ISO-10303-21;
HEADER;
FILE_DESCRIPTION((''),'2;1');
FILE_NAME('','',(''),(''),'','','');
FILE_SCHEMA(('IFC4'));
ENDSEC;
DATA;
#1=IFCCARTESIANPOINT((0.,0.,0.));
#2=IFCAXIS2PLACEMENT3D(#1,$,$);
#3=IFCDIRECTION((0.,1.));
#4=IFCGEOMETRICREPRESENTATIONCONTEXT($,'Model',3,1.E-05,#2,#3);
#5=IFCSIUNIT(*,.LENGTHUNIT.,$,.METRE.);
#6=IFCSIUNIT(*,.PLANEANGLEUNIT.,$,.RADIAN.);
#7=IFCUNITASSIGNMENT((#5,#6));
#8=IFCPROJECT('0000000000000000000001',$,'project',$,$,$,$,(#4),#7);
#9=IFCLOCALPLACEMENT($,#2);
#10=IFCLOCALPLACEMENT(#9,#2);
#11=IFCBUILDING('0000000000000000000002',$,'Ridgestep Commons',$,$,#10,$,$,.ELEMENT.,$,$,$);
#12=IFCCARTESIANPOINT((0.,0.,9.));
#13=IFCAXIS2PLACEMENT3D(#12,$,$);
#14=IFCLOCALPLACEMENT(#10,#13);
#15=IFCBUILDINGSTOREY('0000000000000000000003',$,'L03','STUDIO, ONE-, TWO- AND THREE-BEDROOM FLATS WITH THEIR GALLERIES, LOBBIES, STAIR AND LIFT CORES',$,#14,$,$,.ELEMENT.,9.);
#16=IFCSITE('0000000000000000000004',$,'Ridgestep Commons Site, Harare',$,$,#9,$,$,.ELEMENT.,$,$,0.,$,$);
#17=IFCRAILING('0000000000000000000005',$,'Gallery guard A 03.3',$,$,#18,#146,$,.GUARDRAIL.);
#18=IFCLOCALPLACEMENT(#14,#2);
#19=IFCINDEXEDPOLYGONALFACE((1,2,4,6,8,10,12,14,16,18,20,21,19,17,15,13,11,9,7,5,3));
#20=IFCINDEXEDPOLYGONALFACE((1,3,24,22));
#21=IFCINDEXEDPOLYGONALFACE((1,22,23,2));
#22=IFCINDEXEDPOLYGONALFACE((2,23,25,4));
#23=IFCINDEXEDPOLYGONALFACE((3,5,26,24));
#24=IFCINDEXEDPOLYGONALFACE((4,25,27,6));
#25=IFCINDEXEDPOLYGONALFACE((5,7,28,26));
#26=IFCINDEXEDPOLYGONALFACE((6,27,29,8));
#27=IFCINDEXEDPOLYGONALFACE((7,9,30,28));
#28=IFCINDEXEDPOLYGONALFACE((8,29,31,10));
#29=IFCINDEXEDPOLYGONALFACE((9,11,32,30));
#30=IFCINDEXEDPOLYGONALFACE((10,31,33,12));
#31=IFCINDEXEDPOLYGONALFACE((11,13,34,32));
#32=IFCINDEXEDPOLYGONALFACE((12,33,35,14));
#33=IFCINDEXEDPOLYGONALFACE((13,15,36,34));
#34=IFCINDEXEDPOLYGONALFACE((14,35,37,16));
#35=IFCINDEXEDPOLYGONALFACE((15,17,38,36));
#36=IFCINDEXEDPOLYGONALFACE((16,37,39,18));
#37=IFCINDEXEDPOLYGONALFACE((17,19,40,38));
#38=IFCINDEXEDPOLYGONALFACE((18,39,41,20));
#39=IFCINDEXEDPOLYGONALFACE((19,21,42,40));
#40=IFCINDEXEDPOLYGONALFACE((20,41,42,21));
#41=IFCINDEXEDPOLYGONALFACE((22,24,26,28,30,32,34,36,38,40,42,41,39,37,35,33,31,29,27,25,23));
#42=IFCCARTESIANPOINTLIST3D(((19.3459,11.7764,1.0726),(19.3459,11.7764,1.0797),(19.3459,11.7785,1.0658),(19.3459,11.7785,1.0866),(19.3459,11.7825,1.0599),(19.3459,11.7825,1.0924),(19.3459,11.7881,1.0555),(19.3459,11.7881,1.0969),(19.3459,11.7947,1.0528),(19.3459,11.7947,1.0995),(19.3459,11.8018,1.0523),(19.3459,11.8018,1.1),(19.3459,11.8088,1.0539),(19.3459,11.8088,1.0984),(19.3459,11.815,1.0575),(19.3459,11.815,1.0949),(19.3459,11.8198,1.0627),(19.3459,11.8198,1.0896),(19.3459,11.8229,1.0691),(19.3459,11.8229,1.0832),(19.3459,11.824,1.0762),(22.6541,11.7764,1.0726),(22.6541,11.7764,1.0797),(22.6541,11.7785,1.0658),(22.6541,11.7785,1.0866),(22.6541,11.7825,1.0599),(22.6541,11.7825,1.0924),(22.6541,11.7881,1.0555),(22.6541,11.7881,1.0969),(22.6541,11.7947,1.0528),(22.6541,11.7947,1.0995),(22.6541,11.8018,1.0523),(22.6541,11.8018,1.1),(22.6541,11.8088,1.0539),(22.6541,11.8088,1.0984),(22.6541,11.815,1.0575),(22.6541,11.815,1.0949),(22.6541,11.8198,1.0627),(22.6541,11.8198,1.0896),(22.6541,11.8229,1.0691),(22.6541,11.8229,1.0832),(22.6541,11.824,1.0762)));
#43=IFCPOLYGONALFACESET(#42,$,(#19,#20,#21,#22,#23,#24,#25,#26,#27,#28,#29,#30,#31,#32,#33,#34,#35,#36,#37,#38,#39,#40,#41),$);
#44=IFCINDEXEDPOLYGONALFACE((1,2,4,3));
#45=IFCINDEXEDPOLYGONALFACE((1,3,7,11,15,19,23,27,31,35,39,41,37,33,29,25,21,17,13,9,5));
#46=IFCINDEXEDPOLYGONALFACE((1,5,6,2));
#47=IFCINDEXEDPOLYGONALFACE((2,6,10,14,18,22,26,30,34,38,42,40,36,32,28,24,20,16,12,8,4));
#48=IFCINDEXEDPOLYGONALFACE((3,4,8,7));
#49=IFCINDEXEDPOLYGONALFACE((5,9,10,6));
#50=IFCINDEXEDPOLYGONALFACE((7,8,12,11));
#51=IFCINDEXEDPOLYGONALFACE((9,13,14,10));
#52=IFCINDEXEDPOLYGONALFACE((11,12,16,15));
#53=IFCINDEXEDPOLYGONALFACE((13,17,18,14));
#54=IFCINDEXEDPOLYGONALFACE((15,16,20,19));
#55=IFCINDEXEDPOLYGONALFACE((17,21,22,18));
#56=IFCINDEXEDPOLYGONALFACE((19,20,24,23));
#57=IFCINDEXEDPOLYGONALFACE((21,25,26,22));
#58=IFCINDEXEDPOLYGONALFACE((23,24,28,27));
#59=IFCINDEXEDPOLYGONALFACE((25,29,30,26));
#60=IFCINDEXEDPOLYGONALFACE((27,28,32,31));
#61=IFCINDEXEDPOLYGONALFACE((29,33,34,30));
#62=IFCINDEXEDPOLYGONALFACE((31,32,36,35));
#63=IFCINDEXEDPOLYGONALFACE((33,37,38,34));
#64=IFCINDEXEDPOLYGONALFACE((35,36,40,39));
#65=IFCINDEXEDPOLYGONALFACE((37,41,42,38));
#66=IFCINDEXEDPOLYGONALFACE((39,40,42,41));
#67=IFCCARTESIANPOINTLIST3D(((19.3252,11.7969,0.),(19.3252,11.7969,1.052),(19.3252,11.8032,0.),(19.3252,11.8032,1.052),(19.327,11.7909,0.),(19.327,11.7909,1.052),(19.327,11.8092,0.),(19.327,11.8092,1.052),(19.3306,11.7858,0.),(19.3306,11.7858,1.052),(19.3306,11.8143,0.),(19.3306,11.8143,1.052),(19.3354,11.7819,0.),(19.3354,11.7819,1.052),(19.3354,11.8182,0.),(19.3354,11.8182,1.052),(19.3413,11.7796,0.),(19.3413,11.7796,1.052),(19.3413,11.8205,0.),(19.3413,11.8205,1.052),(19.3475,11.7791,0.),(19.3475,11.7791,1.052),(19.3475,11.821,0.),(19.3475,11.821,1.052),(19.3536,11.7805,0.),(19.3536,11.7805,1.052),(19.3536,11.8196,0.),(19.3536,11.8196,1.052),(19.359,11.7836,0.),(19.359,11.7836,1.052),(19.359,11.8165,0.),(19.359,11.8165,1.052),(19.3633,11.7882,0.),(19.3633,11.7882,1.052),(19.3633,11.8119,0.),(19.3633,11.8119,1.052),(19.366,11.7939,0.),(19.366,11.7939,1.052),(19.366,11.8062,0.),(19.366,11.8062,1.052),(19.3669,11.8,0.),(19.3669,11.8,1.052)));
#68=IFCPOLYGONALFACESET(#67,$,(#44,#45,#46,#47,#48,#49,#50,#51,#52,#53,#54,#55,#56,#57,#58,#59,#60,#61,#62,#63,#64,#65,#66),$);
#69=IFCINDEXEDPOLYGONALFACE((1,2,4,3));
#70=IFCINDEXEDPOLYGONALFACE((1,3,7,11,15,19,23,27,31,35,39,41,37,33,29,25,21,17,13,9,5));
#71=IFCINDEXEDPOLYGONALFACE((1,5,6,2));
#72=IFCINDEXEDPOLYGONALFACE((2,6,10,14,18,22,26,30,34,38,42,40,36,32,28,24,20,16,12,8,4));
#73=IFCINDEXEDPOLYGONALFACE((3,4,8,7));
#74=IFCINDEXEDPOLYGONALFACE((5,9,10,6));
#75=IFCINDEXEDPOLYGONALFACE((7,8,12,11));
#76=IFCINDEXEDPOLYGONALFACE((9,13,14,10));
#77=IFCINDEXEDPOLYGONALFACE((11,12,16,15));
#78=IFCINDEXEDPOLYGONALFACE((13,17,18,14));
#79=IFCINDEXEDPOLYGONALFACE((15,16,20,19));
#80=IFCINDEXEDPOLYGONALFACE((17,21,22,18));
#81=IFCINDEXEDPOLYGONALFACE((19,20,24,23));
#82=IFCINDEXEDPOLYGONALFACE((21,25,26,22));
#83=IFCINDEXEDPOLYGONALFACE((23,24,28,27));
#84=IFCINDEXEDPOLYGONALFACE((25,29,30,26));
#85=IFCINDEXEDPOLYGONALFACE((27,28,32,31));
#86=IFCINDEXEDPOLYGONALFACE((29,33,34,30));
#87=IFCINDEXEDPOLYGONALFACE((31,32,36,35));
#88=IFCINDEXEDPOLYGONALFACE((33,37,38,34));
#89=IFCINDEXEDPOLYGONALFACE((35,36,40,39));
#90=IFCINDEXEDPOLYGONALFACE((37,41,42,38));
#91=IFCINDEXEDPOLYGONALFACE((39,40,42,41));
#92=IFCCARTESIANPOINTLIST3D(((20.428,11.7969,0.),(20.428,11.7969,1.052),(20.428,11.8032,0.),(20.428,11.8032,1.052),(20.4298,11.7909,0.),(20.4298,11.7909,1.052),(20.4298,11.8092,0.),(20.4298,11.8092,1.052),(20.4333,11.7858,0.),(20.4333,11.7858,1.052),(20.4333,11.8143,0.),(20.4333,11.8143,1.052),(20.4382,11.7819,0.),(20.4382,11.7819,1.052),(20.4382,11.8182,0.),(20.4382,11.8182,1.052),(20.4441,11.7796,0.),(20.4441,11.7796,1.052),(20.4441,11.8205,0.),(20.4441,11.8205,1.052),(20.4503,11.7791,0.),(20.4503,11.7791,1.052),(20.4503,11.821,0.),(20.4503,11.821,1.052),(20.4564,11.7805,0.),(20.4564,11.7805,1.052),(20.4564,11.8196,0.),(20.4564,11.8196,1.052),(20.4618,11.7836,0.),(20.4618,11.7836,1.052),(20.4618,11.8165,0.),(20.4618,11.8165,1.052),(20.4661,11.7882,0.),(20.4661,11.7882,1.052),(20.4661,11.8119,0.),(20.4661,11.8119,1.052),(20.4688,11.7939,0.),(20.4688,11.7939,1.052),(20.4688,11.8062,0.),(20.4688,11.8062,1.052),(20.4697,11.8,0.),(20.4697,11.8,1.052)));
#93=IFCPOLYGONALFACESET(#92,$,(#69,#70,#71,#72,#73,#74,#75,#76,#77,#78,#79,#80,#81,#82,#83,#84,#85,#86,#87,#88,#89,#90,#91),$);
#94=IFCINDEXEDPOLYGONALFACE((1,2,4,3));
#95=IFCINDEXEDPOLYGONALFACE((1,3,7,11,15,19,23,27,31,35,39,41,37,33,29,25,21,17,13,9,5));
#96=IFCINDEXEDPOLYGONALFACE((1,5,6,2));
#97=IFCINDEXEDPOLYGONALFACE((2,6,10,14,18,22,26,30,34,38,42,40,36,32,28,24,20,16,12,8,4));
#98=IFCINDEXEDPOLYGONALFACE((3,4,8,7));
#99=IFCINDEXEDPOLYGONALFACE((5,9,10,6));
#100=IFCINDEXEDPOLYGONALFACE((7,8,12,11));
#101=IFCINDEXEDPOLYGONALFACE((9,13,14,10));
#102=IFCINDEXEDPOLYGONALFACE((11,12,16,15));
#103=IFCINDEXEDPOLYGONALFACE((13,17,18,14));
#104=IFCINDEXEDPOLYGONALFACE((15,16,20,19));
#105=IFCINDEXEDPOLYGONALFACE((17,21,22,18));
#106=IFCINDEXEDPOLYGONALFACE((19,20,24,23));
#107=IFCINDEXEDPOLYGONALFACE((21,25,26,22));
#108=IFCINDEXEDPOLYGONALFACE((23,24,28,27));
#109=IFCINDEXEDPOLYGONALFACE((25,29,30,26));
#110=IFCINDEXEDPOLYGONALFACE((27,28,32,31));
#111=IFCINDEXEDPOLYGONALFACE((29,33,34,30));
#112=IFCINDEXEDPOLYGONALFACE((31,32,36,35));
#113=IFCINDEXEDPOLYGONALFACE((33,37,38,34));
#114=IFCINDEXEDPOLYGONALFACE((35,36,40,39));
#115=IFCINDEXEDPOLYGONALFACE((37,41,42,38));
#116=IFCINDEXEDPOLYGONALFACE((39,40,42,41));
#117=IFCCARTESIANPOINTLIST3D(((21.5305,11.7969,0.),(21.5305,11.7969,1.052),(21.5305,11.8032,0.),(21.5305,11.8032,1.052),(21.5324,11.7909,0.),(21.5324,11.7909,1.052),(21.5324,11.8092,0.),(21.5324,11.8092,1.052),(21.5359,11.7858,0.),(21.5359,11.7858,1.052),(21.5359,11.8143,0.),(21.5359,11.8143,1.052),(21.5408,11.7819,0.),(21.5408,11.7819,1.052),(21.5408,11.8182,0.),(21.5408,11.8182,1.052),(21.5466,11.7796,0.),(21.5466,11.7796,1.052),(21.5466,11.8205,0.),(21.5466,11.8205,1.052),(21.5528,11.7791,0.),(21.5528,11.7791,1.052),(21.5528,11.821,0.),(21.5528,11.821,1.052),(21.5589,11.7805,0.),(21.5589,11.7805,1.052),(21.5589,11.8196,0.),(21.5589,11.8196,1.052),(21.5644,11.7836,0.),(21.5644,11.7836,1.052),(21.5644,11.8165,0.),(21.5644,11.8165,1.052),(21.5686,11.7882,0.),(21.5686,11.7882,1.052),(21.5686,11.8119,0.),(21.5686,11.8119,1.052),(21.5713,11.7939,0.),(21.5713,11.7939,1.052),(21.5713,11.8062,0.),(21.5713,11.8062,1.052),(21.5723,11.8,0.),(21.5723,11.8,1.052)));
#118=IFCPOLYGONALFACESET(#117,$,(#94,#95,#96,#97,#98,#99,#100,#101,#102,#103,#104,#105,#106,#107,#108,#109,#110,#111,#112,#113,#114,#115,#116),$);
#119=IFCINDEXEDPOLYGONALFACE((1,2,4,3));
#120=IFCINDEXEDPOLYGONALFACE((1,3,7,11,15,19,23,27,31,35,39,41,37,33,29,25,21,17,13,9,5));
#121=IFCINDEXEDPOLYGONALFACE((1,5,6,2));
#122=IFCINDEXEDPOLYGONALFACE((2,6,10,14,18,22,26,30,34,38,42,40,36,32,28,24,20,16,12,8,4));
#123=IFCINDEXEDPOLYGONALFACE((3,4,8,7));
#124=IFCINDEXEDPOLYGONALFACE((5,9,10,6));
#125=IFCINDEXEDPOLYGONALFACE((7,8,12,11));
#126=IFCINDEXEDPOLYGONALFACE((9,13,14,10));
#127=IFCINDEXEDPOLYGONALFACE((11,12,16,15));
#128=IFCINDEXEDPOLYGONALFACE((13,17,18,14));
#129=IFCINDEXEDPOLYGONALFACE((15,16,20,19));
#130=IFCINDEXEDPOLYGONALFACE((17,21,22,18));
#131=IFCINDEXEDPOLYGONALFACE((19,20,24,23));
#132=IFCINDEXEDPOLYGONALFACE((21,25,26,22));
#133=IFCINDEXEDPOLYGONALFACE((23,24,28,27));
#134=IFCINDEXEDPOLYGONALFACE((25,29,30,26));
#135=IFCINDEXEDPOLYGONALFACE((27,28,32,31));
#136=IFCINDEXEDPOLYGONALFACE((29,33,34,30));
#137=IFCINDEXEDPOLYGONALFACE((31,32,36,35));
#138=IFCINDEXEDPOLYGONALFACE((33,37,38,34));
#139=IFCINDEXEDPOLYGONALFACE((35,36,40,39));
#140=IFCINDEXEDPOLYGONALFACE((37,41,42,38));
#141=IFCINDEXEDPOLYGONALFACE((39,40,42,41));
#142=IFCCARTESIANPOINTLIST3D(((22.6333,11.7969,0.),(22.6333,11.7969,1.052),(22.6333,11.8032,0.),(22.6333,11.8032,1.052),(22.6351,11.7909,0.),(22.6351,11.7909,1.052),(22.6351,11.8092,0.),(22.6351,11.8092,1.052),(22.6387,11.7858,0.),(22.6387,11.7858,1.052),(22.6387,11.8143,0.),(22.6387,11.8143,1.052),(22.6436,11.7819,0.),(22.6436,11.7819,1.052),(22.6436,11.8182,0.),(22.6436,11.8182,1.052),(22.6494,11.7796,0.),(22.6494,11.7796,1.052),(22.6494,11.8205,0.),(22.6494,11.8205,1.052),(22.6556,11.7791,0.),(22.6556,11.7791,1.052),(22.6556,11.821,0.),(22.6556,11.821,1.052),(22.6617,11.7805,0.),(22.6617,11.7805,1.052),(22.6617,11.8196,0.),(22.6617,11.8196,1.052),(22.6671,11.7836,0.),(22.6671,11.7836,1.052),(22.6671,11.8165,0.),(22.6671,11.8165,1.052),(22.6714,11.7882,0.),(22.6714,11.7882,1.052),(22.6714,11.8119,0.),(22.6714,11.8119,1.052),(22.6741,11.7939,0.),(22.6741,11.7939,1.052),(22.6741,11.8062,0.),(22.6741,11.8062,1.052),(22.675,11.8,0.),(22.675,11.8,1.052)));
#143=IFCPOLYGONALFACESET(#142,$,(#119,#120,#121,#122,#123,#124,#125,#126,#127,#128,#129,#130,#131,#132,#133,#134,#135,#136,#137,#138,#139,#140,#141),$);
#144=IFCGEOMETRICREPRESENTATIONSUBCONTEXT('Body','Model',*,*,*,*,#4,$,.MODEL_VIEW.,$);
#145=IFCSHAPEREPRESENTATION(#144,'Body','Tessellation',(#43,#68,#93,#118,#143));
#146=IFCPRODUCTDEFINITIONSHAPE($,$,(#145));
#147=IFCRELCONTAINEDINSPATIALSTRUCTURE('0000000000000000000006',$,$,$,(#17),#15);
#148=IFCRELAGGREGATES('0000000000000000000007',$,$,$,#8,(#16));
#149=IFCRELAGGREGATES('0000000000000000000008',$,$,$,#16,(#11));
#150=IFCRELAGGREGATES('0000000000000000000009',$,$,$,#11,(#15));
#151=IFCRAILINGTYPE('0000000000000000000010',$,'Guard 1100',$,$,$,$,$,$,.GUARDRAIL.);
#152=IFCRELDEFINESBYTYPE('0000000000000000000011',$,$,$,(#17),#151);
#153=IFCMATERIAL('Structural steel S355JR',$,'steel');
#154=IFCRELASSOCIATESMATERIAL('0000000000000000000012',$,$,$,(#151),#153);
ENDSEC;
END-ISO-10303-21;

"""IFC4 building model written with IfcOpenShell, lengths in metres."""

from ifc_helpers import new_model, si_unit, direction, frame, origin, origin_2d, place, context, subcontext, project, spatial, circle, extrude, material, type_object, element, save


model = new_model("IFC4")

# Units and contexts
model_context = context("Model", 3, precision=1e-05, world=origin(), true_north=direction((0.0, 1.0)))
body_context = subcontext(model_context, "Body", "Model", "MODEL_VIEW")
ifc_project = project(units=[si_unit("LENGTHUNIT", "METRE"), si_unit("PLANEANGLEUNIT", "RADIAN")], contexts=[model_context])

# Site, building, storey
site_placement = place(None, origin())
site = spatial("IfcSite", under=ifc_project, at=site_placement, Name="Ridgestep Commons Site, Harare", CompositionType="ELEMENT", RefElevation=0.0)
building_placement = place(site_placement, origin())
building = spatial("IfcBuilding", under=site, at=building_placement, Name="Ridgestep Commons", CompositionType="ELEMENT")
storey_placement = place(building_placement, frame((0.0, 0.0, 9.0)))
storey = spatial("IfcBuildingStorey", under=building, at=storey_placement, Name="L03", Description="STUDIO, ONE-, TWO- AND THREE-BEDROOM FLATS WITH THEIR GALLERIES, LOBBIES, STAIR AND LIFT CORES", CompositionType="ELEMENT", Elevation=9.0)

# Railing
ifc_material_1 = material(Name="Structural steel S355JR", Category="steel")
railing_type = type_object("IfcRailingType", Name="Guard 1100", PredefinedType="GUARDRAIL", material=ifc_material_1)
railing_1_placement = place(storey_placement, frame((19.3459, 11.8, 0.0)))
element("IfcRailing", 1, at=railing_1_placement, inside=storey, type_object=railing_type, Name="Gallery guard A 03.3", PredefinedType="GUARDRAIL", context=body_context, shape_type="SweptSolid", body=[
    extrude(circle(Radius=0.0239, at=origin_2d()), frame((0.0, 0.0, 1.0762), z_axis=(1.0, 0.0, 0.0), x_axis=(0.0, 1.0, 0.0)), (0.0, 0.0, 1.0), 3.3081),
    extrude(circle(Radius=0.021, at=origin_2d()), origin(), (0.0, 0.0, 1.0), 1.052),
    extrude(circle(Radius=0.021, at=origin_2d()), frame((1.1028, 0.0, 0.0)), (0.0, 0.0, 1.0), 1.052),
    extrude(circle(Radius=0.021, at=origin_2d()), frame((2.2053, 0.0, 0.0)), (0.0, 0.0, 1.0), 1.052),
    extrude(circle(Radius=0.021, at=origin_2d()), frame((3.3081, 0.0, 0.0)), (0.0, 0.0, 1.0), 1.052),
])

save(model, "model.ifc")
